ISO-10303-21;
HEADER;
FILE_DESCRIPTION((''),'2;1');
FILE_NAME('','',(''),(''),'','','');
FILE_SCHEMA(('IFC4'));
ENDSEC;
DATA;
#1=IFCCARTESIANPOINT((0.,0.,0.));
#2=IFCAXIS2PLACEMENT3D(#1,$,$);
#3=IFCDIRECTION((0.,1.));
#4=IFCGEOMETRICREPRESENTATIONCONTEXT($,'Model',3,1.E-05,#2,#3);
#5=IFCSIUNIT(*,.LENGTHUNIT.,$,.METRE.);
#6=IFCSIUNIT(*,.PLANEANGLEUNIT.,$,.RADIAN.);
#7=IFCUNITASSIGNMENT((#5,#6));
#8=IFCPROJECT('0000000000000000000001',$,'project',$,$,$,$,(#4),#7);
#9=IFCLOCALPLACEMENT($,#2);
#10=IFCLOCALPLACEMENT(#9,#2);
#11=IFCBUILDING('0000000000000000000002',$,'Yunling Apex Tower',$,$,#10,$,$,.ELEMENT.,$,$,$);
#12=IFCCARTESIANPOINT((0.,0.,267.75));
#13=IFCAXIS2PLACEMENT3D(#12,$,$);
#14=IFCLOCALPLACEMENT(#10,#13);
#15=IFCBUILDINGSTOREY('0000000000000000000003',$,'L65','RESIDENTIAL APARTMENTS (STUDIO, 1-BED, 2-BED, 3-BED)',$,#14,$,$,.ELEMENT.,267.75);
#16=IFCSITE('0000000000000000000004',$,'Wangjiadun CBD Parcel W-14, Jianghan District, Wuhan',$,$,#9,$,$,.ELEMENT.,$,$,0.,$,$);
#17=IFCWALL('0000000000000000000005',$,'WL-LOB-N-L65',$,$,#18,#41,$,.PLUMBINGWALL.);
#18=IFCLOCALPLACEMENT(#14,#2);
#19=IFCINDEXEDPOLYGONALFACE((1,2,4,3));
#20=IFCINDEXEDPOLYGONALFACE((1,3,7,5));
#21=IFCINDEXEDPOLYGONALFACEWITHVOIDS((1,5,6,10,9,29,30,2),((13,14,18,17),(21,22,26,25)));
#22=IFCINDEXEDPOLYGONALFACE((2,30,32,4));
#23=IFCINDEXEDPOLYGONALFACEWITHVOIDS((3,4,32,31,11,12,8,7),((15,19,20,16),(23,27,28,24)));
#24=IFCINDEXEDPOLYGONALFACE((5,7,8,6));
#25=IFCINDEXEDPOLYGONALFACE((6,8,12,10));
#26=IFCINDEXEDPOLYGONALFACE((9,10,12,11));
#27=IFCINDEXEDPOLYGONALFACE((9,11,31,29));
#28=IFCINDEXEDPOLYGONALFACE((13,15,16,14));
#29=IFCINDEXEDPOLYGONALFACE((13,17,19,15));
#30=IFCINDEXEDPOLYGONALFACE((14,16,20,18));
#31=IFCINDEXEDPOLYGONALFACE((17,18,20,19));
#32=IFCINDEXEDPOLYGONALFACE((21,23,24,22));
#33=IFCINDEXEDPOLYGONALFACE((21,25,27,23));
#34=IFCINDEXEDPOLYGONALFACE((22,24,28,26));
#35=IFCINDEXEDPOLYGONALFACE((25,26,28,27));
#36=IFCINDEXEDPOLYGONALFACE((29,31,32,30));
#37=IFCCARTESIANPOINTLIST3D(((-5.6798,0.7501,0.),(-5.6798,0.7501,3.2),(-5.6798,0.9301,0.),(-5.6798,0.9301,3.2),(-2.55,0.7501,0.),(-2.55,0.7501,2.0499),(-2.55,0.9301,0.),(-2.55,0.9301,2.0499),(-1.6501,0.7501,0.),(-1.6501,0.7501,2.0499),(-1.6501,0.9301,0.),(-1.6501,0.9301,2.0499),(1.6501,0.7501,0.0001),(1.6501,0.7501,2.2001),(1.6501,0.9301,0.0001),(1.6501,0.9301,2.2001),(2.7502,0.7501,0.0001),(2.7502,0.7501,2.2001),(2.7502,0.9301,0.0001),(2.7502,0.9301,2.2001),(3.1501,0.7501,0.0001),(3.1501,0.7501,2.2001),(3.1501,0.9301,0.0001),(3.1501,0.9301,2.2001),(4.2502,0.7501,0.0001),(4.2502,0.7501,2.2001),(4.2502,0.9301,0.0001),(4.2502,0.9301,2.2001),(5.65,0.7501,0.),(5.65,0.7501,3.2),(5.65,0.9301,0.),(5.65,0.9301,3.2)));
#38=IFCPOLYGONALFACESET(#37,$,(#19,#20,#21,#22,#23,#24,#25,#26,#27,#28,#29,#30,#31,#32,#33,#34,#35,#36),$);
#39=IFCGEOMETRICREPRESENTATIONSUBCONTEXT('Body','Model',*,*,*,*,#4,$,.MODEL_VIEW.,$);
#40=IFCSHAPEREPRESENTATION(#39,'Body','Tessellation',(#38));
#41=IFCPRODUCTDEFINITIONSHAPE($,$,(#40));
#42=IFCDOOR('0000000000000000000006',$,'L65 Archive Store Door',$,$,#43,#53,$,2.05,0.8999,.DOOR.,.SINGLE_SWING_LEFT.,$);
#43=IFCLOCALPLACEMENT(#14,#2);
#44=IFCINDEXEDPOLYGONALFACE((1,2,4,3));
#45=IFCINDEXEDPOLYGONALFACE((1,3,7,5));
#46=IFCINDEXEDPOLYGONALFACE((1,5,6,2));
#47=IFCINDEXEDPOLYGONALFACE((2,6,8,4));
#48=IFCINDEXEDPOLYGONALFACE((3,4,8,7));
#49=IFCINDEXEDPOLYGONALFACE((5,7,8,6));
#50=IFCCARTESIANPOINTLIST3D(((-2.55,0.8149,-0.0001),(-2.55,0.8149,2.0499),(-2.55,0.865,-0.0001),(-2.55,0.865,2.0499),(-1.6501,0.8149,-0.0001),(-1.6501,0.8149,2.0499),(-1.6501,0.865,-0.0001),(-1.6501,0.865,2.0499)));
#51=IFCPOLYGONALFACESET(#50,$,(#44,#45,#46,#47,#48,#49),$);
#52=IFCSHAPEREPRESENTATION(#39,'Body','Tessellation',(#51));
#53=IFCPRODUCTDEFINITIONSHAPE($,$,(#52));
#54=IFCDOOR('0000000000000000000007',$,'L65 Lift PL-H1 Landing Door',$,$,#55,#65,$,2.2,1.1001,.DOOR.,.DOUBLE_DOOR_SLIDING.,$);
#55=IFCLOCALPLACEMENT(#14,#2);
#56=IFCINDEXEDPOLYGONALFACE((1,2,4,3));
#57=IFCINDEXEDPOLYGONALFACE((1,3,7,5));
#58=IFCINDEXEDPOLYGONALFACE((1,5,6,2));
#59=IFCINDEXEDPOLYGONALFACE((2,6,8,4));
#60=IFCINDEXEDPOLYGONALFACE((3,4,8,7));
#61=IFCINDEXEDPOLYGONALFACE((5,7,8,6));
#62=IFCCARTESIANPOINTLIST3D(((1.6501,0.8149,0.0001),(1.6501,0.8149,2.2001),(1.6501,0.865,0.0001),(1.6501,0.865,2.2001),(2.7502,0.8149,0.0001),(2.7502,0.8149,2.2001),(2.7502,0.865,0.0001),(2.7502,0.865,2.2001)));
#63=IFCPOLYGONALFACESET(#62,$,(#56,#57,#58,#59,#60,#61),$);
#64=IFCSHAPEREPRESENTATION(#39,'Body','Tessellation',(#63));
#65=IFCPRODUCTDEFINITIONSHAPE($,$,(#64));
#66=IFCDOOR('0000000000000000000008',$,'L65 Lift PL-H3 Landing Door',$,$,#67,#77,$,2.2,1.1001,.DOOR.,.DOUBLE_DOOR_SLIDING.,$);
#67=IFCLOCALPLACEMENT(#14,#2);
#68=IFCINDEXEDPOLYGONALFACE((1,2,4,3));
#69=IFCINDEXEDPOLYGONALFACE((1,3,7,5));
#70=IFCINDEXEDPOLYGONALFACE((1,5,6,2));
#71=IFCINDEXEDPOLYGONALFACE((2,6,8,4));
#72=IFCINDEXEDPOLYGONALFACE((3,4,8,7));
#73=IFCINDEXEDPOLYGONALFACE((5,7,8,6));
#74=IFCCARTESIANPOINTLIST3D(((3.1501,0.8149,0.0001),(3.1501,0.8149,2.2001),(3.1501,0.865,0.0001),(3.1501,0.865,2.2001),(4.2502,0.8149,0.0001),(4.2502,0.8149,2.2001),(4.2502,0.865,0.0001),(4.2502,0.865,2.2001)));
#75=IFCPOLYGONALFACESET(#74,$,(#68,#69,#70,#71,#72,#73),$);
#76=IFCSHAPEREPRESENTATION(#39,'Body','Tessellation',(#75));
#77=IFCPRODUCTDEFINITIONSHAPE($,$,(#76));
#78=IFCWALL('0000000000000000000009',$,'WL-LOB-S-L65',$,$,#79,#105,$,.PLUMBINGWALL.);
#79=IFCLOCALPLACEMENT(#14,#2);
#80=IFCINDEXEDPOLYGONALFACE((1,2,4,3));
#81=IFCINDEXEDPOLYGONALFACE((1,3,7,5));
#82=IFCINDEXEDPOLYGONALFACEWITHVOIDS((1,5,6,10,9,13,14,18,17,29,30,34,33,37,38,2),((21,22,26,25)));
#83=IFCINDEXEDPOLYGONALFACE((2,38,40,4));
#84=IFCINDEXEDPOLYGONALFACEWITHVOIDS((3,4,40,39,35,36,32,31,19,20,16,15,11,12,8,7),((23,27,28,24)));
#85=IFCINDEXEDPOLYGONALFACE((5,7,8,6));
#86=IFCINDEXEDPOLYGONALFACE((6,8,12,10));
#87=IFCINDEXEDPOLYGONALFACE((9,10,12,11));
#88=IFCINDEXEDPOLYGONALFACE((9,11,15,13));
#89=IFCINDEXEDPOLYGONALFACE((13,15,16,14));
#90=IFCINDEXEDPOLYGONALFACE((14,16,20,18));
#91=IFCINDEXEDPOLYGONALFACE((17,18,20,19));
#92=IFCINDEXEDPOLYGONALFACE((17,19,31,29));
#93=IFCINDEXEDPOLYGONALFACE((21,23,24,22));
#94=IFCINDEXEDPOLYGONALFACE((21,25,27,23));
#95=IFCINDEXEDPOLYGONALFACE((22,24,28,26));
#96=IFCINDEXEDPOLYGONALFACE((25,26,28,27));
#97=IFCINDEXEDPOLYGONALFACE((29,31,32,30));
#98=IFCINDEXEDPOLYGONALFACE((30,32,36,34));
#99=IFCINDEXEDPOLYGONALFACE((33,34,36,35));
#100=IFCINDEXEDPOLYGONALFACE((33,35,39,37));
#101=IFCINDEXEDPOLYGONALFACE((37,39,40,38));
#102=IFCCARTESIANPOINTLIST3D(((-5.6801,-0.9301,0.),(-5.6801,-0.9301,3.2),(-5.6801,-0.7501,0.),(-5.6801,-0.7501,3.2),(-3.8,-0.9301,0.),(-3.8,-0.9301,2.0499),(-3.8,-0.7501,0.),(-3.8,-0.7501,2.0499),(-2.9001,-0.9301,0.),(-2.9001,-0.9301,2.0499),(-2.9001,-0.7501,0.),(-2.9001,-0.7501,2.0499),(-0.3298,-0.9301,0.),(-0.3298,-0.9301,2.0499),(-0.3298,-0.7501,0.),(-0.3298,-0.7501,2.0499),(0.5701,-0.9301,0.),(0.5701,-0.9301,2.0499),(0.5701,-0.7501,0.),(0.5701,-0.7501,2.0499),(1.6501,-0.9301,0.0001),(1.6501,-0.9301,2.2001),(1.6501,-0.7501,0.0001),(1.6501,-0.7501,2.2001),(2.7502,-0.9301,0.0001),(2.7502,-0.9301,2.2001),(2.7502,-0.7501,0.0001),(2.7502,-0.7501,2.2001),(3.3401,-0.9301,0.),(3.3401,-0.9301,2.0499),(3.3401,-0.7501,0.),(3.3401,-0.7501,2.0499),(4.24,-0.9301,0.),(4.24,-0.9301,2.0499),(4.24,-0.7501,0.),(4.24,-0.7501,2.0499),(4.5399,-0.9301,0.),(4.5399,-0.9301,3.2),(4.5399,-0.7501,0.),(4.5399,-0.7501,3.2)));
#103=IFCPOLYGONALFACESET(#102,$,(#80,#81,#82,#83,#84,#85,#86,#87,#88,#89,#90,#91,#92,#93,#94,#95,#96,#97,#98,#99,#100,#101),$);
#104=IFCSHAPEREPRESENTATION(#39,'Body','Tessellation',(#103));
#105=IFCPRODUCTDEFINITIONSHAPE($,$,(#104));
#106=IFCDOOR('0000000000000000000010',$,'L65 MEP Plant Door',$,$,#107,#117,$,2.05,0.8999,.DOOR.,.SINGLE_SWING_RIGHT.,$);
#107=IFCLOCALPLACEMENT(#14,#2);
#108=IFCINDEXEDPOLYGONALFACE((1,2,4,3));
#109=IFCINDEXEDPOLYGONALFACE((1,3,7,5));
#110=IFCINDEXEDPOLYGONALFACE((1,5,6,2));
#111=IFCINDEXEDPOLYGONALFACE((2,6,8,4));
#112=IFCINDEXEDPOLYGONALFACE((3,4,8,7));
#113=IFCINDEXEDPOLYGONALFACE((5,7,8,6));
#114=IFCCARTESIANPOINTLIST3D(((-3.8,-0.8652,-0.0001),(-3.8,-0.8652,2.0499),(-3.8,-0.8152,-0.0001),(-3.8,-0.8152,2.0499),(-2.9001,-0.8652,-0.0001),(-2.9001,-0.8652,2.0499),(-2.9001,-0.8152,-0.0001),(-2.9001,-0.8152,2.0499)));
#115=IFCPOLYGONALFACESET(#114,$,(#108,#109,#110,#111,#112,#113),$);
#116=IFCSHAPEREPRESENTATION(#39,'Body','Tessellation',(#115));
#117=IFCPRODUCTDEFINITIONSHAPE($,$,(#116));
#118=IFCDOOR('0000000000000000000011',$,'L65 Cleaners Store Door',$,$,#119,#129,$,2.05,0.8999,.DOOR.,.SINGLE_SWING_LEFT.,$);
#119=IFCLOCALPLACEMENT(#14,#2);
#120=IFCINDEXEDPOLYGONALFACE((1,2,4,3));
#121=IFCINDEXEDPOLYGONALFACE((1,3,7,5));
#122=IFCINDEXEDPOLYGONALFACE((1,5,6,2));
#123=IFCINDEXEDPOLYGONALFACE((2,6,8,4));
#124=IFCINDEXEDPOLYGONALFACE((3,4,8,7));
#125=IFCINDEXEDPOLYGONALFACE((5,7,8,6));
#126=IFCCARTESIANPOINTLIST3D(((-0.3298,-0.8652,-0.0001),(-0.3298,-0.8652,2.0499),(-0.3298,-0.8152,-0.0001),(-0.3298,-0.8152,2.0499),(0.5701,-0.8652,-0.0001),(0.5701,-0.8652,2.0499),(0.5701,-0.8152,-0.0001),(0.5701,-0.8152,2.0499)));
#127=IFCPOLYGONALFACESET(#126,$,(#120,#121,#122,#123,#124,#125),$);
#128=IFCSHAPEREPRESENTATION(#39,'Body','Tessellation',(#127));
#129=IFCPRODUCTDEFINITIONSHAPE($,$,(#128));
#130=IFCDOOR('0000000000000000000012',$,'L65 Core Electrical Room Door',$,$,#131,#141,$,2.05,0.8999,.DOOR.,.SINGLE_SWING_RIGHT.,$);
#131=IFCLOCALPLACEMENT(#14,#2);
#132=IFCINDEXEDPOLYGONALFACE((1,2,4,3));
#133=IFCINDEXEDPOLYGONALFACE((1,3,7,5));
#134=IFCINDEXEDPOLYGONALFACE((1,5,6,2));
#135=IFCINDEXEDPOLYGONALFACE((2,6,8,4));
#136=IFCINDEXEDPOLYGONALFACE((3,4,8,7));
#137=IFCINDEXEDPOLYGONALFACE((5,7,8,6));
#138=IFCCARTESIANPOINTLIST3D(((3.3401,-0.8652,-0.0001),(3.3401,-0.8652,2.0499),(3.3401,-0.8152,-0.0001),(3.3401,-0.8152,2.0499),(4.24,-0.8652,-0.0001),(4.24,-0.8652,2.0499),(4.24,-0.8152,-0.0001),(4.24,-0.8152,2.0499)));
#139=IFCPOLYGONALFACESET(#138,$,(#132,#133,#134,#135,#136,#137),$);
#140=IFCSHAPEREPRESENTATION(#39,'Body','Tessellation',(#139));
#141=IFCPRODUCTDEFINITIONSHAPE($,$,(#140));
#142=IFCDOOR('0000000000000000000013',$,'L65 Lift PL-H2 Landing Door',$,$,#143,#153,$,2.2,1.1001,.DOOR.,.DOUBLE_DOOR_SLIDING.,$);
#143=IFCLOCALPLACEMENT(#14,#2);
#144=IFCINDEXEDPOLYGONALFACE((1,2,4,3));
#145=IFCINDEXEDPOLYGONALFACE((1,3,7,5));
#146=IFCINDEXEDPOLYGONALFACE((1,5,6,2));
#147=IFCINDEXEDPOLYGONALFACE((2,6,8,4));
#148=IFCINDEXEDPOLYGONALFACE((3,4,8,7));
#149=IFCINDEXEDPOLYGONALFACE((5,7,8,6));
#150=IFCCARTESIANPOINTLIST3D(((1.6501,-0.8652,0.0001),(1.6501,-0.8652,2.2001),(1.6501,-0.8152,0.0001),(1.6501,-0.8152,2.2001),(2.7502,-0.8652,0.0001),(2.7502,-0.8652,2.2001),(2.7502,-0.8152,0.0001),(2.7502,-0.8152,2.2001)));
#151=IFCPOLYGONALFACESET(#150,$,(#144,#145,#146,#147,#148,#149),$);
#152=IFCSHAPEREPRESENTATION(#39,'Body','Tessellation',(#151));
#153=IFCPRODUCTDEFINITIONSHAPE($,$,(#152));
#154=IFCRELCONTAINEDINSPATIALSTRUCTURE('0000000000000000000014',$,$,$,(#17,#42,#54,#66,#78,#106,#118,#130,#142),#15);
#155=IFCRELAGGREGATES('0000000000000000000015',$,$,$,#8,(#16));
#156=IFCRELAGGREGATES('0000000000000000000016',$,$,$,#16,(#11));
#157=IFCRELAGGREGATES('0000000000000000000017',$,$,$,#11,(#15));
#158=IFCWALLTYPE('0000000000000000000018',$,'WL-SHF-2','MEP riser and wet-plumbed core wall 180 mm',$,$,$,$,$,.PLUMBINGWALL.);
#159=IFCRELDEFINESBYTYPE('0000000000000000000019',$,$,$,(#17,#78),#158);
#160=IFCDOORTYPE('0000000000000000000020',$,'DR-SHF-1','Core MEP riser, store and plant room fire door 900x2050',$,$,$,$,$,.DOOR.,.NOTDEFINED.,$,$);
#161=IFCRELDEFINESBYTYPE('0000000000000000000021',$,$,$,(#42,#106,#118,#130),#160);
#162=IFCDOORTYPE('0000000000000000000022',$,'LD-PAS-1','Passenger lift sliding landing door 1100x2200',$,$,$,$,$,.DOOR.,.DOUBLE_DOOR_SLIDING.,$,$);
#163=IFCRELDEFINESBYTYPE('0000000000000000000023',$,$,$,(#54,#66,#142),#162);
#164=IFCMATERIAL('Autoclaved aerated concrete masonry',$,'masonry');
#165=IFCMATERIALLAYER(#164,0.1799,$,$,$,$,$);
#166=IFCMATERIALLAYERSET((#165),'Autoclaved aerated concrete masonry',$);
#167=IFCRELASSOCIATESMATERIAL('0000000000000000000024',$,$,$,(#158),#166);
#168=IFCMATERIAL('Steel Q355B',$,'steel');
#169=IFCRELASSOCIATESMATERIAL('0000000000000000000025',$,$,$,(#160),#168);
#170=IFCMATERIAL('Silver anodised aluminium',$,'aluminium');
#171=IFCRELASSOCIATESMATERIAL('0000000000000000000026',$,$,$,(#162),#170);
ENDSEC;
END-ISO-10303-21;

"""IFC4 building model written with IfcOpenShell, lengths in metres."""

from ifc_helpers import new_model, si_unit, direction, frame, frame_2d, origin, place, context, subcontext, project, spatial, rectangle, extrude, material, layer, layer_set, type_object, element, fill, save


model = new_model("IFC4")

# Units and contexts
model_context = context("Model", 3, precision=1e-05, world=origin(), true_north=direction((0.0, 1.0)))
body_context = subcontext(model_context, "Body", "Model", "MODEL_VIEW")
ifc_project = project(units=[si_unit("LENGTHUNIT", "METRE"), si_unit("PLANEANGLEUNIT", "RADIAN")], contexts=[model_context])

# Site, building, storey
site_placement = place(None, origin())
site = spatial("IfcSite", under=ifc_project, at=site_placement, Name="Wangjiadun CBD Parcel W-14, Jianghan District, Wuhan", CompositionType="ELEMENT", RefElevation=0.0)
building_placement = place(site_placement, origin())
building = spatial("IfcBuilding", under=site, at=building_placement, Name="Yunling Apex Tower", CompositionType="ELEMENT")
storey_placement = place(building_placement, frame((0.0, 0.0, 267.75)))
storey = spatial("IfcBuildingStorey", under=building, at=storey_placement, Name="L65", Description="RESIDENTIAL APARTMENTS (STUDIO, 1-BED, 2-BED, 3-BED)", CompositionType="ELEMENT", Elevation=267.75)

# Shared definitions
ifc_material_1 = material(Name="Steel Q355B", Category="steel")

# Walls, openings, doors
ifc_material_2 = material(Name="Autoclaved aerated concrete masonry", Category="masonry")
ifc_layer_1 = layer(ifc_material_2, 0.1799)
ifc_layer_set_1 = layer_set([ifc_layer_1], Name="Autoclaved aerated concrete masonry")
wall_type_1 = type_object("IfcWallType", Name="WL-SHF-2", Description="MEP riser and wet-plumbed core wall 180 mm", PredefinedType="PLUMBINGWALL", material=ifc_layer_set_1)
wall_1_placement = place(storey_placement, frame((-5.6799, 0.8401, 0.0), z_axis=(0.0, 0.0, 1.0), x_axis=(1.0, 0.0, 0.0)))
wall_1 = element("IfcWall", 1, at=wall_1_placement, inside=storey, type_object=wall_type_1, Name="WL-LOB-N-L65", PredefinedType="PLUMBINGWALL", context=body_context, shape_type="SweptSolid", body=[
    extrude(rectangle(XDim=11.3298, YDim=0.1799, at=frame_2d((5.665, 0.0))), origin(), (0.0, 0.0, 1.0), 3.2),
])
opening_1_placement = place(wall_1_placement, frame((3.1299, 0.0, 0.0)))
opening_1 = element("IfcOpeningElement", 2, at=opening_1_placement, cuts=wall_1, PredefinedType="OPENING", context=body_context, shape_type="SweptSolid", body=[
    extrude(rectangle(XDim=0.8999, YDim=2.05, at=frame_2d((0.45, 1.0249))), frame((0.0, 0.1001, 0.0), z_axis=(0.0, -1.0, 0.0), x_axis=(1.0, 0.0, 0.0)), (0.0, 0.0, 1.0), 0.2),
])
opening_2_placement = place(wall_1_placement, frame((7.3301, 0.0, 0.0)))
opening_2 = element("IfcOpeningElement", 3, at=opening_2_placement, cuts=wall_1, PredefinedType="OPENING", context=body_context, shape_type="SweptSolid", body=[
    extrude(rectangle(XDim=1.1001, YDim=2.2, at=frame_2d((0.55, 1.1001))), frame((0.0, 0.1001, 0.0), z_axis=(0.0, -1.0, 0.0), x_axis=(1.0, 0.0, 0.0)), (0.0, 0.0, 1.0), 0.2),
])
opening_3_placement = place(wall_1_placement, frame((8.8301, 0.0, 0.0)))
opening_3 = element("IfcOpeningElement", 4, at=opening_3_placement, cuts=wall_1, PredefinedType="OPENING", context=body_context, shape_type="SweptSolid", body=[
    extrude(rectangle(XDim=1.1001, YDim=2.2, at=frame_2d((0.55, 1.1001))), frame((0.0, 0.1001, 0.0), z_axis=(0.0, -1.0, 0.0), x_axis=(1.0, 0.0, 0.0)), (0.0, 0.0, 1.0), 0.2),
])
door_type_1 = type_object("IfcDoorType", Name="DR-SHF-1", Description="Core MEP riser, store and plant room fire door 900x2050", OperationType="NOTDEFINED", PredefinedType="DOOR", material=ifc_material_1)
door_1_placement = place(opening_1_placement, origin())
door_1 = element("IfcDoor", 5, at=door_1_placement, inside=storey, type_object=door_type_1, Name="L65 Archive Store Door", OperationType="SINGLE_SWING_LEFT", OverallHeight=2.05, OverallWidth=0.8999, PredefinedType="DOOR", context=body_context, shape_type="SweptSolid", body=[
    extrude(rectangle(XDim=0.8999, YDim=2.05, at=frame_2d((0.45, 1.0249))), frame((0.0, 0.0249, 0.0), z_axis=(0.0, -1.0, 0.0), x_axis=(1.0, 0.0, 0.0)), (0.0, 0.0, 1.0), 0.05),
])
fill(opening_1, door_1)
ifc_material_3 = material(Name="Silver anodised aluminium", Category="aluminium")
door_type_2 = type_object("IfcDoorType", Name="LD-PAS-1", Description="Passenger lift sliding landing door 1100x2200", OperationType="DOUBLE_DOOR_SLIDING", PredefinedType="DOOR", material=ifc_material_3)
door_2_placement = place(opening_2_placement, origin())
door_2 = element("IfcDoor", 6, at=door_2_placement, inside=storey, type_object=door_type_2, Name="L65 Lift PL-H1 Landing Door", OperationType="DOUBLE_DOOR_SLIDING", OverallHeight=2.2, OverallWidth=1.1001, PredefinedType="DOOR", context=body_context, shape_type="SweptSolid", body=[
    extrude(rectangle(XDim=1.1001, YDim=2.2, at=frame_2d((0.55, 1.1001))), frame((0.0, 0.0249, 0.0), z_axis=(0.0, -1.0, 0.0), x_axis=(1.0, 0.0, 0.0)), (0.0, 0.0, 1.0), 0.05),
])
fill(opening_2, door_2)
door_3_placement = place(opening_3_placement, origin())
door_3 = element("IfcDoor", 7, at=door_3_placement, inside=storey, type_object=door_type_2, Name="L65 Lift PL-H3 Landing Door", OperationType="DOUBLE_DOOR_SLIDING", OverallHeight=2.2, OverallWidth=1.1001, PredefinedType="DOOR", context=body_context, shape_type="SweptSolid", body=[
    extrude(rectangle(XDim=1.1001, YDim=2.2, at=frame_2d((0.55, 1.1001))), frame((0.0, 0.0249, 0.0), z_axis=(0.0, -1.0, 0.0), x_axis=(1.0, 0.0, 0.0)), (0.0, 0.0, 1.0), 0.05),
])
fill(opening_3, door_3)
wall_2_placement = place(storey_placement, frame((-5.6799, -0.8401, 0.0), z_axis=(0.0, 0.0, 1.0), x_axis=(1.0, 0.0, 0.0)))
wall_2 = element("IfcWall", 8, at=wall_2_placement, inside=storey, type_object=wall_type_1, Name="WL-LOB-S-L65", PredefinedType="PLUMBINGWALL", context=body_context, shape_type="SweptSolid", body=[
    extrude(rectangle(XDim=10.22, YDim=0.1799, at=frame_2d((5.1099, 0.0))), origin(), (0.0, 0.0, 1.0), 3.2),
])
opening_4_placement = place(wall_2_placement, frame((1.8799, 0.0, 0.0)))
opening_4 = element("IfcOpeningElement", 9, at=opening_4_placement, cuts=wall_2, PredefinedType="OPENING", context=body_context, shape_type="SweptSolid", body=[
    extrude(rectangle(XDim=0.8999, YDim=2.05, at=frame_2d((0.45, 1.0249))), frame((0.0, 0.1001, 0.0), z_axis=(0.0, -1.0, 0.0), x_axis=(1.0, 0.0, 0.0)), (0.0, 0.0, 1.0), 0.2),
])
opening_5_placement = place(wall_2_placement, frame((5.3501, 0.0, 0.0)))
opening_5 = element("IfcOpeningElement", 10, at=opening_5_placement, cuts=wall_2, PredefinedType="OPENING", context=body_context, shape_type="SweptSolid", body=[
    extrude(rectangle(XDim=0.8999, YDim=2.05, at=frame_2d((0.45, 1.0249))), frame((0.0, 0.1001, 0.0), z_axis=(0.0, -1.0, 0.0), x_axis=(1.0, 0.0, 0.0)), (0.0, 0.0, 1.0), 0.2),
])
opening_6_placement = place(wall_2_placement, frame((7.3301, 0.0, 0.0)))
opening_6 = element("IfcOpeningElement", 11, at=opening_6_placement, cuts=wall_2, PredefinedType="OPENING", context=body_context, shape_type="SweptSolid", body=[
    extrude(rectangle(XDim=1.1001, YDim=2.2, at=frame_2d((0.55, 1.1001))), frame((0.0, 0.1001, 0.0), z_axis=(0.0, -1.0, 0.0), x_axis=(1.0, 0.0, 0.0)), (0.0, 0.0, 1.0), 0.2),
])
opening_7_placement = place(wall_2_placement, frame((9.02, 0.0, 0.0)))
opening_7 = element("IfcOpeningElement", 12, at=opening_7_placement, cuts=wall_2, PredefinedType="OPENING", context=body_context, shape_type="SweptSolid", body=[
    extrude(rectangle(XDim=0.8999, YDim=2.05, at=frame_2d((0.45, 1.0249))), frame((0.0, 0.1001, 0.0), z_axis=(0.0, -1.0, 0.0), x_axis=(1.0, 0.0, 0.0)), (0.0, 0.0, 1.0), 0.2),
])
door_4_placement = place(opening_4_placement, origin())
door_4 = element("IfcDoor", 13, at=door_4_placement, inside=storey, type_object=door_type_1, Name="L65 MEP Plant Door", OperationType="SINGLE_SWING_RIGHT", OverallHeight=2.05, OverallWidth=0.8999, PredefinedType="DOOR", context=body_context, shape_type="SweptSolid", body=[
    extrude(rectangle(XDim=0.8999, YDim=2.05, at=frame_2d((0.45, 1.0249))), frame((0.0, 0.0249, 0.0), z_axis=(0.0, -1.0, 0.0), x_axis=(1.0, 0.0, 0.0)), (0.0, 0.0, 1.0), 0.05),
])
fill(opening_4, door_4)
door_5_placement = place(opening_5_placement, origin())
door_5 = element("IfcDoor", 14, at=door_5_placement, inside=storey, type_object=door_type_1, Name="L65 Cleaners Store Door", OperationType="SINGLE_SWING_LEFT", OverallHeight=2.05, OverallWidth=0.8999, PredefinedType="DOOR", context=body_context, shape_type="SweptSolid", body=[
    extrude(rectangle(XDim=0.8999, YDim=2.05, at=frame_2d((0.45, 1.0249))), frame((0.0, 0.0249, 0.0), z_axis=(0.0, -1.0, 0.0), x_axis=(1.0, 0.0, 0.0)), (0.0, 0.0, 1.0), 0.05),
])
fill(opening_5, door_5)
door_6_placement = place(opening_7_placement, origin())
door_6 = element("IfcDoor", 15, at=door_6_placement, inside=storey, type_object=door_type_1, Name="L65 Core Electrical Room Door", OperationType="SINGLE_SWING_RIGHT", OverallHeight=2.05, OverallWidth=0.8999, PredefinedType="DOOR", context=body_context, shape_type="SweptSolid", body=[
    extrude(rectangle(XDim=0.8999, YDim=2.05, at=frame_2d((0.45, 1.0249))), frame((0.0, 0.0249, 0.0), z_axis=(0.0, -1.0, 0.0), x_axis=(1.0, 0.0, 0.0)), (0.0, 0.0, 1.0), 0.05),
])
fill(opening_7, door_6)
door_7_placement = place(opening_6_placement, origin())
door_7 = element("IfcDoor", 16, at=door_7_placement, inside=storey, type_object=door_type_2, Name="L65 Lift PL-H2 Landing Door", OperationType="DOUBLE_DOOR_SLIDING", OverallHeight=2.2, OverallWidth=1.1001, PredefinedType="DOOR", context=body_context, shape_type="SweptSolid", body=[
    extrude(rectangle(XDim=1.1001, YDim=2.2, at=frame_2d((0.55, 1.1001))), frame((0.0, 0.0249, 0.0), z_axis=(0.0, -1.0, 0.0), x_axis=(1.0, 0.0, 0.0)), (0.0, 0.0, 1.0), 0.05),
])
fill(opening_6, door_7)

save(model, "model.ifc")
